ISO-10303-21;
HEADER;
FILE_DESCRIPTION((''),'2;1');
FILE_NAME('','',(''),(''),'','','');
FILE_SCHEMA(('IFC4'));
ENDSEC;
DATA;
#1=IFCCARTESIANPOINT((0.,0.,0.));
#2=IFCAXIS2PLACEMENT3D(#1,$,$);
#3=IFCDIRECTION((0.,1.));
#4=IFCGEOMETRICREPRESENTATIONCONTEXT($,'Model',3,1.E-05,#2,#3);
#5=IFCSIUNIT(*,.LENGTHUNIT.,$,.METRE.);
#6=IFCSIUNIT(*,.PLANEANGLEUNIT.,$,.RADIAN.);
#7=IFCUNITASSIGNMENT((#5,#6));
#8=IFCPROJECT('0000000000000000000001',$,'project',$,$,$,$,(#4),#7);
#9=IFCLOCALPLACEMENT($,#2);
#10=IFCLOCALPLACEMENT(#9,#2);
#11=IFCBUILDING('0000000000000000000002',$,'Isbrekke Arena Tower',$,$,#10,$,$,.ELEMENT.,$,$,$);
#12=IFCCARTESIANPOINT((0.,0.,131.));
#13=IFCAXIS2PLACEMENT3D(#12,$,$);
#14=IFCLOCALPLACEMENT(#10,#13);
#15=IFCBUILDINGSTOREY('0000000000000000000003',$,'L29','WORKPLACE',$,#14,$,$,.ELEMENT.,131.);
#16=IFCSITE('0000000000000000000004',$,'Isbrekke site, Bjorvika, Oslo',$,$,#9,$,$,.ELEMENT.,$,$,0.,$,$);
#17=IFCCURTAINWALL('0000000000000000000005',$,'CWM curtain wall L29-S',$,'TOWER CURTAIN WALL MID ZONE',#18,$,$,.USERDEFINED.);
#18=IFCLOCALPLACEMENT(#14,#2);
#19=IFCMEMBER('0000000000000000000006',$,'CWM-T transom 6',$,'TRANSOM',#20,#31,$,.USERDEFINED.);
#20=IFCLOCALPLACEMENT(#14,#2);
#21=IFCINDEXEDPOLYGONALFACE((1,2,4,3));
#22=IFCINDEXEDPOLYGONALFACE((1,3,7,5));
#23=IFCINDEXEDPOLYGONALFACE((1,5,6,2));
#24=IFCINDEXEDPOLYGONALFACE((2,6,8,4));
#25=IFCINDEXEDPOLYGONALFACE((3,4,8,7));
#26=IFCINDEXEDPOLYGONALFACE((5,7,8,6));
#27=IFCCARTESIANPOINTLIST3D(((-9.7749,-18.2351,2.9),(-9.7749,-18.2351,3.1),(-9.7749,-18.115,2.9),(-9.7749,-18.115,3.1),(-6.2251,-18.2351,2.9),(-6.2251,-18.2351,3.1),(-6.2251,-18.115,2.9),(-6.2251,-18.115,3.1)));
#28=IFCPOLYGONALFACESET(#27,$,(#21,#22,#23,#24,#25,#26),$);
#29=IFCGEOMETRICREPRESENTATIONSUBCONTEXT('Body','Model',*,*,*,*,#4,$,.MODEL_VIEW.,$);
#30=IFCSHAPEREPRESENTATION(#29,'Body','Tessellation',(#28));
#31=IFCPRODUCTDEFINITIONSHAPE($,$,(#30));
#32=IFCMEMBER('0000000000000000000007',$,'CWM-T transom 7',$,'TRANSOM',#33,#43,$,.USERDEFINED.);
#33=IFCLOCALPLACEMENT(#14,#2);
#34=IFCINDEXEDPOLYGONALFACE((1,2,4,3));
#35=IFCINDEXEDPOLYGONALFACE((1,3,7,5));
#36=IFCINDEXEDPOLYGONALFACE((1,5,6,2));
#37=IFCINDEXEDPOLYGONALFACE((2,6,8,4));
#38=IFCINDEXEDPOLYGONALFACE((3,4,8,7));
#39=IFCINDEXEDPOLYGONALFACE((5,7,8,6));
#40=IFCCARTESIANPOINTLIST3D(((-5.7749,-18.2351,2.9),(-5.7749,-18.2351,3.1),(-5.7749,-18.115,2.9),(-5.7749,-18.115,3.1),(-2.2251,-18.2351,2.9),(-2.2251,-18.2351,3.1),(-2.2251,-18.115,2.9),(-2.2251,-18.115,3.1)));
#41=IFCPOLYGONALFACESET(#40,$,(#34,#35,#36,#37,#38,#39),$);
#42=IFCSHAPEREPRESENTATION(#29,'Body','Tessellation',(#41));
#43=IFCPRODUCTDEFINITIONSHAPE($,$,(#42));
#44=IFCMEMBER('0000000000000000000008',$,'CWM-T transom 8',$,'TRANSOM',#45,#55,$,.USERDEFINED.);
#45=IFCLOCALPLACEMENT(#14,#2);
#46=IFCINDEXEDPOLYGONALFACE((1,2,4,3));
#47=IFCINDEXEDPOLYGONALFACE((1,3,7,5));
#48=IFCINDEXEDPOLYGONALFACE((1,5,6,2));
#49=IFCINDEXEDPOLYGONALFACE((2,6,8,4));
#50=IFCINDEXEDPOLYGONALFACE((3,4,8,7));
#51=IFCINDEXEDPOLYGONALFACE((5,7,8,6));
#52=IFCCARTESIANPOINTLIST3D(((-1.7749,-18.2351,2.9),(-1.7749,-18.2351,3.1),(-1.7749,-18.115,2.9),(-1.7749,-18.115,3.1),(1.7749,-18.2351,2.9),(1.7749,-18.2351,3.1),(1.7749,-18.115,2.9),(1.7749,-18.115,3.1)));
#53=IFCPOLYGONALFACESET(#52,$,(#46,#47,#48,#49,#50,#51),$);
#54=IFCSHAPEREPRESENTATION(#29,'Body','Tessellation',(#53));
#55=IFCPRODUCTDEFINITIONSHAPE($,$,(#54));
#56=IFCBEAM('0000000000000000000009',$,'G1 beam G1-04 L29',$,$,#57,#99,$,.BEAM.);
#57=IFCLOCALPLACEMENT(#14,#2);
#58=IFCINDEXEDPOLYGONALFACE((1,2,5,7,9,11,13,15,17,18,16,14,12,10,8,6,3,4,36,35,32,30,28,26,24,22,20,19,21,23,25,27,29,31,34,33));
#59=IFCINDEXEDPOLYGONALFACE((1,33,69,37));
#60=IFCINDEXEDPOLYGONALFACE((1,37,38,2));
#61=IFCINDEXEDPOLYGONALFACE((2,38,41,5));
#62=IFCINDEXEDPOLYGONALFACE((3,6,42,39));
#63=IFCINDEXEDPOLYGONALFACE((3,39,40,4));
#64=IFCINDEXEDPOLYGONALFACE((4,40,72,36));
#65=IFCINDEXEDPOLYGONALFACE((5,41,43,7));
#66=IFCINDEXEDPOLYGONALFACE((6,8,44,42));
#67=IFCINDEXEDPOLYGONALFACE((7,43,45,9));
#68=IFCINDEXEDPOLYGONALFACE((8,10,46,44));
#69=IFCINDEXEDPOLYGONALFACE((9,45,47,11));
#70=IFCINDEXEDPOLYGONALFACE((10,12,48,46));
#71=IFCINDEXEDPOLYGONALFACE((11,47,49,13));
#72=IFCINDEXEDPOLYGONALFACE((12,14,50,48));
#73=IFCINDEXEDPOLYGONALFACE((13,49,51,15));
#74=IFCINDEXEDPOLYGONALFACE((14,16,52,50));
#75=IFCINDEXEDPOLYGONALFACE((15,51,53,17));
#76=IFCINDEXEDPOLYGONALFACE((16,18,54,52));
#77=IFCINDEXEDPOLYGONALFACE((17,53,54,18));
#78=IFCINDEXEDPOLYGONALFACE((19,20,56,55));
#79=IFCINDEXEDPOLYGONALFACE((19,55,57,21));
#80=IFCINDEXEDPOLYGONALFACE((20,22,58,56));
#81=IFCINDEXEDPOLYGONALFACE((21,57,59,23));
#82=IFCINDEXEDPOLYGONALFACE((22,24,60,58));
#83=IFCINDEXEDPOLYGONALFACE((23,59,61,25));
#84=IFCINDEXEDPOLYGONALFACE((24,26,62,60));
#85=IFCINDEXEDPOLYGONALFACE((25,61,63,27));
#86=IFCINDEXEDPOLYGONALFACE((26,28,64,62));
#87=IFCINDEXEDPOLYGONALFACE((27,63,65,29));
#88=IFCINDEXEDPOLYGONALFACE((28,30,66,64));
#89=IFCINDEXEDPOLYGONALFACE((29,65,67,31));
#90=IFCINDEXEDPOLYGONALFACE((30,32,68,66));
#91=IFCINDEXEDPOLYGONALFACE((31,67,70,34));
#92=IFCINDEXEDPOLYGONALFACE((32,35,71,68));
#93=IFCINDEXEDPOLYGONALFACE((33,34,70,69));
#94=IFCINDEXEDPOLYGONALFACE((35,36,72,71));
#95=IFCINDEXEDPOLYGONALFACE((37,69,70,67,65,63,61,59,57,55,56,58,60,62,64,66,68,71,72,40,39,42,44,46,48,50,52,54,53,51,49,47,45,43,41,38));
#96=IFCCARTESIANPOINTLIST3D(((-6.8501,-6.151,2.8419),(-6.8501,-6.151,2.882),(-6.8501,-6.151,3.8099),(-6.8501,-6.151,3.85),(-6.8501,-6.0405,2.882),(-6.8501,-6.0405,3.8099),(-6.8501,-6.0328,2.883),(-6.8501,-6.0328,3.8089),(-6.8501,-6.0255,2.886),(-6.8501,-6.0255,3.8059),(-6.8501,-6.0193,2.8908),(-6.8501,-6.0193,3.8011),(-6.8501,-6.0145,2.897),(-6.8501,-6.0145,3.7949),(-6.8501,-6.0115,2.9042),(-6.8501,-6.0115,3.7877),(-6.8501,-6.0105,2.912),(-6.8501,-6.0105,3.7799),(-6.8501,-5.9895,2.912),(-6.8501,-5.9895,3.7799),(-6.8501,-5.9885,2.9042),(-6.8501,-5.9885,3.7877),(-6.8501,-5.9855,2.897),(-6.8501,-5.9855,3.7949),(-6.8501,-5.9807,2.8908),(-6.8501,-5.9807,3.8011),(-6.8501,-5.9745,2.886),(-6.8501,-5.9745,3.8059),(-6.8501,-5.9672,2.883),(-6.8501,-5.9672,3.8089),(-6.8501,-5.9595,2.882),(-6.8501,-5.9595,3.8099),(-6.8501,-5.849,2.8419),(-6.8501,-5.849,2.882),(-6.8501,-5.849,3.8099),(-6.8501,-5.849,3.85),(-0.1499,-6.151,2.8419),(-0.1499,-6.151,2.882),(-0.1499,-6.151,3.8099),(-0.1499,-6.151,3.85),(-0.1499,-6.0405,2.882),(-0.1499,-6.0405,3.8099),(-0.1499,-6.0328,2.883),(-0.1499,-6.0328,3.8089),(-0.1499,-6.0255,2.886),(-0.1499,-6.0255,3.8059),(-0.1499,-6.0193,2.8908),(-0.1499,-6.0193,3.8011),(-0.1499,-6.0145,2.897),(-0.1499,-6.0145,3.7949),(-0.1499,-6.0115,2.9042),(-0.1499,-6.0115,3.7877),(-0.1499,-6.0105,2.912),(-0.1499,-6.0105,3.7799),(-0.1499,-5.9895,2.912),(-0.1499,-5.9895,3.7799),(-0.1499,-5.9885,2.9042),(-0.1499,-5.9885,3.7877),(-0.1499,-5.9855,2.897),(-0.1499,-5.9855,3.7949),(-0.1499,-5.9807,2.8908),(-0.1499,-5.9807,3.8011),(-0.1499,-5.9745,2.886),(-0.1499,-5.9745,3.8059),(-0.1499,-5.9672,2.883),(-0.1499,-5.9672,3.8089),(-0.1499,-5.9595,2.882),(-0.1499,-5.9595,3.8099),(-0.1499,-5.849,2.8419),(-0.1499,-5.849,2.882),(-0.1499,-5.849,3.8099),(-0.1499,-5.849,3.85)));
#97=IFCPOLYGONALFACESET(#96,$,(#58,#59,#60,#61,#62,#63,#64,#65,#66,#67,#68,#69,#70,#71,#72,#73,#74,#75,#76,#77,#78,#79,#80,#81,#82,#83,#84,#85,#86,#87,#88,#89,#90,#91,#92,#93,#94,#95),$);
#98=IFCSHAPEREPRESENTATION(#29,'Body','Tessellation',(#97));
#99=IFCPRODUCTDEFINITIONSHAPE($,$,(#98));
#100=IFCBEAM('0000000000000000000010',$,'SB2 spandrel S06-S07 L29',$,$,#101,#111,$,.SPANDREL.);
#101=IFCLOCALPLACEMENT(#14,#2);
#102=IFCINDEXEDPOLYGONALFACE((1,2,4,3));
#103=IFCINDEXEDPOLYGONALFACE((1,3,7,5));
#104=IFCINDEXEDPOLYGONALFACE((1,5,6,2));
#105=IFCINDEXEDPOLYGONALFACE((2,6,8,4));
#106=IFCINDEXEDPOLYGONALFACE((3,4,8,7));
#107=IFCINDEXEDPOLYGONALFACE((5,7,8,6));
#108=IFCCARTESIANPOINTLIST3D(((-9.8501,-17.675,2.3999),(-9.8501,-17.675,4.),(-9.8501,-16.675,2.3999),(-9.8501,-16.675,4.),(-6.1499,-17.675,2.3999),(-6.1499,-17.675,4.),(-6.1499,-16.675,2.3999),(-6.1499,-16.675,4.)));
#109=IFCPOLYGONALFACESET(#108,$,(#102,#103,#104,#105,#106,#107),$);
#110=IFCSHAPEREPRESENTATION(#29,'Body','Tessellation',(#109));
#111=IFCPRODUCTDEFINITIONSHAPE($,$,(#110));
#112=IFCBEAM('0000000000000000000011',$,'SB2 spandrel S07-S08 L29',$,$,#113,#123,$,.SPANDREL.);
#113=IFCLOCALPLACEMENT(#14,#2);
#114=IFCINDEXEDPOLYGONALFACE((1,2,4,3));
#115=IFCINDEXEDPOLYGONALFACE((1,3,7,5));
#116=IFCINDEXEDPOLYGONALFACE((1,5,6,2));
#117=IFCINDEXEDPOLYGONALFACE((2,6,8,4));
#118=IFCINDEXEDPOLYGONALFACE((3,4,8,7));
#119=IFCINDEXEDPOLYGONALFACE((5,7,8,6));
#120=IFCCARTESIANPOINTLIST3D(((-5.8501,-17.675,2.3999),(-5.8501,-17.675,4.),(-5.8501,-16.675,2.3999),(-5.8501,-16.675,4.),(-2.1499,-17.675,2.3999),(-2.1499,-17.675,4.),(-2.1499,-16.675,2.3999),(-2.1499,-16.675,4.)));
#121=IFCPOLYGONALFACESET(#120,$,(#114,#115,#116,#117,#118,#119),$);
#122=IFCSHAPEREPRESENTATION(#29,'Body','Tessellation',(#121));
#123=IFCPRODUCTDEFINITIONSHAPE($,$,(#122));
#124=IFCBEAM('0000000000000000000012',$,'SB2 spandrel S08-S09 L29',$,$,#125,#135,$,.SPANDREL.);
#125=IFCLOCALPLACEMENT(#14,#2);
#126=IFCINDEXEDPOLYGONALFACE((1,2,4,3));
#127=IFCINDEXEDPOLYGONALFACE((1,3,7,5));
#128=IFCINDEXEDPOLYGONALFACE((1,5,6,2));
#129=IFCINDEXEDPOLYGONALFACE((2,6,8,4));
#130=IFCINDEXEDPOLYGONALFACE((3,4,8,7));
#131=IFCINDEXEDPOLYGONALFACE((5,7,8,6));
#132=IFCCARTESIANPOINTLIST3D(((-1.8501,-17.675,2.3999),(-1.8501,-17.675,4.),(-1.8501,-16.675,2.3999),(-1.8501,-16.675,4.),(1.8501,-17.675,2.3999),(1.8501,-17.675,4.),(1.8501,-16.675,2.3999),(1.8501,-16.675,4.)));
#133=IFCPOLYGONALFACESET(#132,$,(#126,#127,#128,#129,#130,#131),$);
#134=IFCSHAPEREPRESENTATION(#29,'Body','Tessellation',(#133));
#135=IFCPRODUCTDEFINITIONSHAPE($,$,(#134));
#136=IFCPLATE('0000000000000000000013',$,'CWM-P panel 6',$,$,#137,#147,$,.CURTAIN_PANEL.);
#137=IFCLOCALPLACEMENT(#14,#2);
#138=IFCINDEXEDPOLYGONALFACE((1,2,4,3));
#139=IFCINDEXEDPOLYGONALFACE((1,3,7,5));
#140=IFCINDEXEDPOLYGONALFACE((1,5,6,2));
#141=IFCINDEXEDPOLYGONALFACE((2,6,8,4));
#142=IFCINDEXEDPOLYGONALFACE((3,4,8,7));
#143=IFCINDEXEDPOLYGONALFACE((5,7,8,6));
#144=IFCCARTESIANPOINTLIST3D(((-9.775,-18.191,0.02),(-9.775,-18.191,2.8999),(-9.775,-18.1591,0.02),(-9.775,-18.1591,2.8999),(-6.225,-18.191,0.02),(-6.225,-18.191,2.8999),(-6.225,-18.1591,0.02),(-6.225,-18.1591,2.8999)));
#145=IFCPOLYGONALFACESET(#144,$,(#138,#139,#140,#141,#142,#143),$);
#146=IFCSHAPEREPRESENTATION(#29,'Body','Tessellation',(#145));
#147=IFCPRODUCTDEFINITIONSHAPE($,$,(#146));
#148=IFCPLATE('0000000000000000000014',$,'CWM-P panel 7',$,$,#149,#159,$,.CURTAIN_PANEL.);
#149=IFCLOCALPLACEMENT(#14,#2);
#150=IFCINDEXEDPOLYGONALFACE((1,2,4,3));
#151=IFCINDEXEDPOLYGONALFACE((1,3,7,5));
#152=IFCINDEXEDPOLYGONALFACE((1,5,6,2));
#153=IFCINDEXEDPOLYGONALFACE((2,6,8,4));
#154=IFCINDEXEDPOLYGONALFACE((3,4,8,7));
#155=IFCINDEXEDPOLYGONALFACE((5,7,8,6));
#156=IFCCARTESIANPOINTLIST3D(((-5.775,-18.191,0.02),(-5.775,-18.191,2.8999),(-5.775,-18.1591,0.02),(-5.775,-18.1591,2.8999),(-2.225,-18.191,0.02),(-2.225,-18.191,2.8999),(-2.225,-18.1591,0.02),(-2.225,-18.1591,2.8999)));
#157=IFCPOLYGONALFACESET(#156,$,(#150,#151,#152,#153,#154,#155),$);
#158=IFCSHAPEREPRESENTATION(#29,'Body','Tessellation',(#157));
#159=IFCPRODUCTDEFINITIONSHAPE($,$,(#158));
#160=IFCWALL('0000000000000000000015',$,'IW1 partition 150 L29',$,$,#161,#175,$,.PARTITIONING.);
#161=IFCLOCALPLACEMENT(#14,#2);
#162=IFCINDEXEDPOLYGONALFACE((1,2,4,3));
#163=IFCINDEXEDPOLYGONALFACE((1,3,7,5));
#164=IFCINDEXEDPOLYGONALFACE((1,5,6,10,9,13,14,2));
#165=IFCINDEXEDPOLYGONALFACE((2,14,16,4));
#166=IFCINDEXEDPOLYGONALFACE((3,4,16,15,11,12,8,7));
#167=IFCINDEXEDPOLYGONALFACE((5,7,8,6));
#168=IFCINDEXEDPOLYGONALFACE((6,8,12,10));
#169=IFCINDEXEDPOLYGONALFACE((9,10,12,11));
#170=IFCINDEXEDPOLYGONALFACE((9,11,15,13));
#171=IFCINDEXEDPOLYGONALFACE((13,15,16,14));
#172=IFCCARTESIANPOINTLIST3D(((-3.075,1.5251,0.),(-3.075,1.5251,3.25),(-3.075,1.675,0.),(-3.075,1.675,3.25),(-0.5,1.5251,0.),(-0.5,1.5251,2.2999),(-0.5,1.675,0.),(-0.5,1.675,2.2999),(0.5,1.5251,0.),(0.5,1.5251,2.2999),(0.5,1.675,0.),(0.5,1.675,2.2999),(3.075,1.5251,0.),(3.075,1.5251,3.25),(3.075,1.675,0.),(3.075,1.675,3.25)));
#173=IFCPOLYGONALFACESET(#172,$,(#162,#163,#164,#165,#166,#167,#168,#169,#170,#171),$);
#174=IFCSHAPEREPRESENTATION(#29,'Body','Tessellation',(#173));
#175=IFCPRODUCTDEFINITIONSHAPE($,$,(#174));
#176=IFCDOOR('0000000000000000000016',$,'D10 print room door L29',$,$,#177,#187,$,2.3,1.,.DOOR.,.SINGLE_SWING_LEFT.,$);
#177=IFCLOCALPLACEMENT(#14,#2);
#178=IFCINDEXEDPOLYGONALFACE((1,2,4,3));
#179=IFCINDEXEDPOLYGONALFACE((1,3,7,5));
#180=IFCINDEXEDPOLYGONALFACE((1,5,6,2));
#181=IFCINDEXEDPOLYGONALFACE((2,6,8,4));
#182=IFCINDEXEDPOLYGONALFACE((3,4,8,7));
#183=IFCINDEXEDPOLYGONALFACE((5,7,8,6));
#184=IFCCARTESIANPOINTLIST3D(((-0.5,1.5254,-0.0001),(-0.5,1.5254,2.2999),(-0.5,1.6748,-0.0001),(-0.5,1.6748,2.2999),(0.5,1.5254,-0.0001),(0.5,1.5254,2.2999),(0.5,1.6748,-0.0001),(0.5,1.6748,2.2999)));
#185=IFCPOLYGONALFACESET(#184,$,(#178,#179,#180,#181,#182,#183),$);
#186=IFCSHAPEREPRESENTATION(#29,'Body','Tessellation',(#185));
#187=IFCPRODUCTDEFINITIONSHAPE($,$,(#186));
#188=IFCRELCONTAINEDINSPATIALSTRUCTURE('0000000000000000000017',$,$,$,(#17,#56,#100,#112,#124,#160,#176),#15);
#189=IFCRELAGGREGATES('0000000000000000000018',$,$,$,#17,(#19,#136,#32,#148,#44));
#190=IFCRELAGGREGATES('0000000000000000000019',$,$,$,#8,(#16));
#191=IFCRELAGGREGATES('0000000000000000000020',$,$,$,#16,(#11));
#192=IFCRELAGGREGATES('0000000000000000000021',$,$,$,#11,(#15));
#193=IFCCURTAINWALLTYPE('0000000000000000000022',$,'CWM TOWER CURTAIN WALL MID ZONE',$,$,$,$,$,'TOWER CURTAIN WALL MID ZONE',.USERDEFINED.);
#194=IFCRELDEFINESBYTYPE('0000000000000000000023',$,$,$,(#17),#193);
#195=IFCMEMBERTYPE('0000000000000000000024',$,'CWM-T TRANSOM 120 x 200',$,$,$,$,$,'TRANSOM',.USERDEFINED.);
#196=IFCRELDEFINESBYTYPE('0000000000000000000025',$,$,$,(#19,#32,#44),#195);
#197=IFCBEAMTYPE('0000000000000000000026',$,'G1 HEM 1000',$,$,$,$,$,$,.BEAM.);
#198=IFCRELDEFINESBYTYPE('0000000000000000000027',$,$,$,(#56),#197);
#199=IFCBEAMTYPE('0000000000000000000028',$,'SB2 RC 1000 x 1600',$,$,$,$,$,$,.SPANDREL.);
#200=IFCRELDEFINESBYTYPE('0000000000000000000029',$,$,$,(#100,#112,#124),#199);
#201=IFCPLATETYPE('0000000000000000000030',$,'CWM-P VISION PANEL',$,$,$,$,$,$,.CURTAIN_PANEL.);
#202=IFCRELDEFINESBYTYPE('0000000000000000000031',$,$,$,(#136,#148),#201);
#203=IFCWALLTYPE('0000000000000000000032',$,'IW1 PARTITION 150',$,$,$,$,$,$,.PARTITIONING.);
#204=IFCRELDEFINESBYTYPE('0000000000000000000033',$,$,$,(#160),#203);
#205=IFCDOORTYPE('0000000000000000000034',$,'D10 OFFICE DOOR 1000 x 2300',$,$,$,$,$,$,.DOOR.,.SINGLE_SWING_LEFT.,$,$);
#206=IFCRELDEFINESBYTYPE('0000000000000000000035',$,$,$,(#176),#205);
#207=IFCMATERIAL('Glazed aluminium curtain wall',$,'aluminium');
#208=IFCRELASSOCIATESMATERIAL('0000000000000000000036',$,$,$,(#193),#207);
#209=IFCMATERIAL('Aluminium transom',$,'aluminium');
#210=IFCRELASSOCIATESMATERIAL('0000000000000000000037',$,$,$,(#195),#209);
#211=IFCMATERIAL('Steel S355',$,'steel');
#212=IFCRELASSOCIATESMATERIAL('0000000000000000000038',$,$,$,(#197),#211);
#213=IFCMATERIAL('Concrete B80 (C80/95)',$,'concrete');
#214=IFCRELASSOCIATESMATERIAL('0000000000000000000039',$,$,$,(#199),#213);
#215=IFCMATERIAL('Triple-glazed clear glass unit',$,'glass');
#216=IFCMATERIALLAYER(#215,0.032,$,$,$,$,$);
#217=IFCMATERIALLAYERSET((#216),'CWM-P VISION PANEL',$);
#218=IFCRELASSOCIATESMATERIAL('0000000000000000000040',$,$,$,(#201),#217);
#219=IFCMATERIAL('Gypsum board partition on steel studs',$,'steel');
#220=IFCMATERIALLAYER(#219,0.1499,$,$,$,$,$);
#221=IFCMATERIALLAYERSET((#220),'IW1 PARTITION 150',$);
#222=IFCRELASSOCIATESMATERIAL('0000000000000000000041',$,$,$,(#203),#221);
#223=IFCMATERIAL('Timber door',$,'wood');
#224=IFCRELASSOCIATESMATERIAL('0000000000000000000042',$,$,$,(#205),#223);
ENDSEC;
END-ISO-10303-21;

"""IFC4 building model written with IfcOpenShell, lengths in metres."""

from ifc_helpers import new_model, si_unit, direction, frame, frame_2d, origin, origin_2d, place, context, subcontext, project, spatial, rectangle, i_section, extrude, material, layer, layer_set, material_profile, profile_set, type_object, element, fill, aggregate, save


model = new_model("IFC4")

# Units and contexts
model_context = context("Model", 3, precision=1e-05, world=origin(), true_north=direction((0.0, 1.0)))
body_context = subcontext(model_context, "Body", "Model", "MODEL_VIEW")
ifc_project = project(units=[si_unit("LENGTHUNIT", "METRE"), si_unit("PLANEANGLEUNIT", "RADIAN")], contexts=[model_context])

# Site, building, storey
site_placement = place(None, origin())
site = spatial("IfcSite", under=ifc_project, at=site_placement, Name="Isbrekke site, Bjorvika, Oslo", CompositionType="ELEMENT", RefElevation=0.0)
building_placement = place(site_placement, origin())
building = spatial("IfcBuilding", under=site, at=building_placement, Name="Isbrekke Arena Tower", CompositionType="ELEMENT")
storey_placement = place(building_placement, frame((0.0, 0.0, 131.0)))
storey = spatial("IfcBuildingStorey", under=building, at=storey_placement, Name="L29", Description="WORKPLACE", CompositionType="ELEMENT", Elevation=131.0)

# Curtain wall, members
ifc_material_1 = material(Name="Glazed aluminium curtain wall", Category="aluminium")
curtain_wall_type = type_object("IfcCurtainWallType", Name="CWM TOWER CURTAIN WALL MID ZONE", ElementType="TOWER CURTAIN WALL MID ZONE", PredefinedType="USERDEFINED", material=ifc_material_1)
curtain_wall_placement = place(storey_placement, origin())
curtain_wall = element("IfcCurtainWall", 1, at=curtain_wall_placement, inside=storey, type_object=curtain_wall_type, Name="CWM curtain wall L29-S", ObjectType="TOWER CURTAIN WALL MID ZONE", PredefinedType="USERDEFINED")
ifc_material_2 = material(Name="Aluminium transom", Category="aluminium")
ifc_material_profile_1 = material_profile(ifc_material_2, rectangle(XDim=0.1201, YDim=0.2, at=origin_2d()), Name="TRANSOM 120X200")
ifc_profile_set_1 = profile_set([ifc_material_profile_1], Name="Aluminium transom")
member_type_1 = type_object("IfcMemberType", Name="CWM-T TRANSOM 120 x 200", ElementType="TRANSOM", PredefinedType="USERDEFINED", material=ifc_profile_set_1)
member_1_placement = place(storey_placement, frame((-9.7749, -18.175, 3.0), z_axis=(1.0, 0.0, 0.0), x_axis=(0.0, 1.0, 0.0)))
member_1 = element("IfcMember", 2, at=member_1_placement, type_object=member_type_1, Name="CWM-T transom 6", ObjectType="TRANSOM", PredefinedType="USERDEFINED", context=body_context, shape_type="SweptSolid", body=[
    extrude(rectangle(XDim=0.1201, YDim=0.2, at=origin_2d()), origin(), (0.0, 0.0, 1.0), 3.5498),
])
member_2_placement = place(storey_placement, frame((-5.7749, -18.175, 3.0), z_axis=(1.0, 0.0, 0.0), x_axis=(0.0, 1.0, 0.0)))
member_2 = element("IfcMember", 3, at=member_2_placement, type_object=member_type_1, Name="CWM-T transom 7", ObjectType="TRANSOM", PredefinedType="USERDEFINED", context=body_context, shape_type="SweptSolid", body=[
    extrude(rectangle(XDim=0.1201, YDim=0.2, at=origin_2d()), origin(), (0.0, 0.0, 1.0), 3.5498),
])
member_3_placement = place(storey_placement, frame((-1.7749, -18.175, 3.0), z_axis=(1.0, 0.0, 0.0), x_axis=(0.0, 1.0, 0.0)))
member_3 = element("IfcMember", 4, at=member_3_placement, type_object=member_type_1, Name="CWM-T transom 8", ObjectType="TRANSOM", PredefinedType="USERDEFINED", context=body_context, shape_type="SweptSolid", body=[
    extrude(rectangle(XDim=0.1201, YDim=0.2, at=origin_2d()), origin(), (0.0, 0.0, 1.0), 3.5498),
])

# Beams
ifc_material_3 = material(Name="Steel S355", Category="steel")
ifc_material_profile_2 = material_profile(ifc_material_3, i_section(OverallWidth=0.302, OverallDepth=1.0081, WebThickness=0.021, FlangeThickness=0.04, FilletRadius=0.03, at=origin_2d()), Name="HEM 1000")
ifc_profile_set_2 = profile_set([ifc_material_profile_2], Name="Steel S355")
beam_type_1 = type_object("IfcBeamType", Name="G1 HEM 1000", PredefinedType="BEAM", material=ifc_profile_set_2)
beam_1_placement = place(storey_placement, frame((-6.8501, -6.0, 3.3459), z_axis=(1.0, 0.0, 0.0), x_axis=(0.0, 1.0, 0.0)))
element("IfcBeam", 5, at=beam_1_placement, inside=storey, type_object=beam_type_1, Name="G1 beam G1-04 L29", PredefinedType="BEAM", context=body_context, shape_type="SweptSolid", body=[
    extrude(i_section(OverallWidth=0.302, OverallDepth=1.0081, WebThickness=0.021, FlangeThickness=0.04, FilletRadius=0.03, at=origin_2d()), origin(), (0.0, 0.0, 1.0), 6.7002),
])
ifc_material_4 = material(Name="Concrete B80 (C80/95)", Category="concrete")
ifc_material_profile_3 = material_profile(ifc_material_4, rectangle(XDim=1.0, YDim=1.6001, at=origin_2d()), Name="RC 1000x1600")
ifc_profile_set_3 = profile_set([ifc_material_profile_3], Name="Concrete B80 (C80/95)")
beam_type_2 = type_object("IfcBeamType", Name="SB2 RC 1000 x 1600", PredefinedType="SPANDREL", material=ifc_profile_set_3)
for number, where, z_axis, x_axis, name in (
    (6, (-9.8501, -17.175, 3.2), (1.0, 0.0, 0.0), (0.0, 1.0, 0.0), "SB2 spandrel S06-S07 L29"),
    (7, (-5.8501, -17.175, 3.2), (1.0, 0.0, 0.0), (0.0, 1.0, 0.0), "SB2 spandrel S07-S08 L29"),
    (8, (-1.8501, -17.175, 3.2), (1.0, 0.0, 0.0), (0.0, 1.0, 0.0), "SB2 spandrel S08-S09 L29"),
):
    element("IfcBeam", number, at=place(storey_placement, frame(where, z_axis=z_axis, x_axis=x_axis)), inside=storey, type_object=beam_type_2, Name=name, PredefinedType="SPANDREL", context=body_context, shape_type="SweptSolid", body=[
        extrude(rectangle(XDim=1.0, YDim=1.6001, at=origin_2d()), origin(), (0.0, 0.0, 1.0), 3.7002),
    ])

# Plates
ifc_material_5 = material(Name="Triple-glazed clear glass unit", Category="glass")
ifc_layer_1 = layer(ifc_material_5, 0.032)
ifc_layer_set_1 = layer_set([ifc_layer_1], Name="CWM-P VISION PANEL")
plate_type = type_object("IfcPlateType", Name="CWM-P VISION PANEL", PredefinedType="CURTAIN_PANEL", material=ifc_layer_set_1)
plate_1_placement = place(storey_placement, frame((-8.0, -18.175, 0.02), z_axis=(0.0, 0.0, 1.0), x_axis=(1.0, 0.0, 0.0)))
plate_1 = element("IfcPlate", 9, at=plate_1_placement, type_object=plate_type, Name="CWM-P panel 6", PredefinedType="CURTAIN_PANEL", context=body_context, shape_type="SweptSolid", body=[
    extrude(rectangle(XDim=3.55, YDim=0.032, at=origin_2d()), origin(), (0.0, 0.0, 1.0), 2.8799),
])
plate_2_placement = place(storey_placement, frame((-4.0, -18.175, 0.02), z_axis=(0.0, 0.0, 1.0), x_axis=(1.0, 0.0, 0.0)))
plate_2 = element("IfcPlate", 10, at=plate_2_placement, type_object=plate_type, Name="CWM-P panel 7", PredefinedType="CURTAIN_PANEL", context=body_context, shape_type="SweptSolid", body=[
    extrude(rectangle(XDim=3.55, YDim=0.032, at=origin_2d()), origin(), (0.0, 0.0, 1.0), 2.8799),
])
aggregate(curtain_wall, [member_1, plate_1, member_2, plate_2, member_3])

# Wall, opening, door
ifc_material_6 = material(Name="Gypsum board partition on steel studs", Category="steel")
ifc_layer_2 = layer(ifc_material_6, 0.1499)
ifc_layer_set_2 = layer_set([ifc_layer_2], Name="IW1 PARTITION 150")
wall_type_1 = type_object("IfcWallType", Name="IW1 PARTITION 150", PredefinedType="PARTITIONING", material=ifc_layer_set_2)
wall_1_placement = place(storey_placement, frame((-3.075, 1.6001, 0.0), z_axis=(0.0, 0.0, 1.0), x_axis=(1.0, 0.0, 0.0)))
wall_1 = element("IfcWall", 11, at=wall_1_placement, inside=storey, type_object=wall_type_1, Name="IW1 partition 150 L29", PredefinedType="PARTITIONING", context=body_context, shape_type="SweptSolid", body=[
    extrude(rectangle(XDim=6.1499, YDim=0.1499, at=frame_2d((3.075, 0.0))), origin(), (0.0, 0.0, 1.0), 3.25),
])
opening_placement = place(wall_1_placement, frame((2.575, 0.0, 0.0)))
opening = element("IfcOpeningElement", 12, at=opening_placement, cuts=wall_1, PredefinedType="OPENING", context=body_context, shape_type="SweptSolid", body=[
    extrude(rectangle(XDim=1.0, YDim=2.3, at=frame_2d((0.5, 1.1499))), frame((0.0, 0.0898, 0.0), z_axis=(0.0, -1.0, 0.0), x_axis=(1.0, 0.0, 0.0)), (0.0, 0.0, 1.0), 0.1797),
])
ifc_material_7 = material(Name="Timber door", Category="wood")
door_type = type_object("IfcDoorType", Name="D10 OFFICE DOOR 1000 x 2300", OperationType="SINGLE_SWING_LEFT", PredefinedType="DOOR", material=ifc_material_7)
door_placement = place(opening_placement, origin())
door = element("IfcDoor", 13, at=door_placement, inside=storey, type_object=door_type, Name="D10 print room door L29", OperationType="SINGLE_SWING_LEFT", OverallHeight=2.3, OverallWidth=1.0, PredefinedType="DOOR", context=body_context, shape_type="SweptSolid", body=[
    extrude(rectangle(XDim=1.0, YDim=2.3, at=frame_2d((0.5, 1.1499))), frame((0.0, 0.0747, 0.0), z_axis=(0.0, -1.0, 0.0), x_axis=(1.0, 0.0, 0.0)), (0.0, 0.0, 1.0), 0.1494),
])
fill(opening, door)

save(model, "model.ifc")
